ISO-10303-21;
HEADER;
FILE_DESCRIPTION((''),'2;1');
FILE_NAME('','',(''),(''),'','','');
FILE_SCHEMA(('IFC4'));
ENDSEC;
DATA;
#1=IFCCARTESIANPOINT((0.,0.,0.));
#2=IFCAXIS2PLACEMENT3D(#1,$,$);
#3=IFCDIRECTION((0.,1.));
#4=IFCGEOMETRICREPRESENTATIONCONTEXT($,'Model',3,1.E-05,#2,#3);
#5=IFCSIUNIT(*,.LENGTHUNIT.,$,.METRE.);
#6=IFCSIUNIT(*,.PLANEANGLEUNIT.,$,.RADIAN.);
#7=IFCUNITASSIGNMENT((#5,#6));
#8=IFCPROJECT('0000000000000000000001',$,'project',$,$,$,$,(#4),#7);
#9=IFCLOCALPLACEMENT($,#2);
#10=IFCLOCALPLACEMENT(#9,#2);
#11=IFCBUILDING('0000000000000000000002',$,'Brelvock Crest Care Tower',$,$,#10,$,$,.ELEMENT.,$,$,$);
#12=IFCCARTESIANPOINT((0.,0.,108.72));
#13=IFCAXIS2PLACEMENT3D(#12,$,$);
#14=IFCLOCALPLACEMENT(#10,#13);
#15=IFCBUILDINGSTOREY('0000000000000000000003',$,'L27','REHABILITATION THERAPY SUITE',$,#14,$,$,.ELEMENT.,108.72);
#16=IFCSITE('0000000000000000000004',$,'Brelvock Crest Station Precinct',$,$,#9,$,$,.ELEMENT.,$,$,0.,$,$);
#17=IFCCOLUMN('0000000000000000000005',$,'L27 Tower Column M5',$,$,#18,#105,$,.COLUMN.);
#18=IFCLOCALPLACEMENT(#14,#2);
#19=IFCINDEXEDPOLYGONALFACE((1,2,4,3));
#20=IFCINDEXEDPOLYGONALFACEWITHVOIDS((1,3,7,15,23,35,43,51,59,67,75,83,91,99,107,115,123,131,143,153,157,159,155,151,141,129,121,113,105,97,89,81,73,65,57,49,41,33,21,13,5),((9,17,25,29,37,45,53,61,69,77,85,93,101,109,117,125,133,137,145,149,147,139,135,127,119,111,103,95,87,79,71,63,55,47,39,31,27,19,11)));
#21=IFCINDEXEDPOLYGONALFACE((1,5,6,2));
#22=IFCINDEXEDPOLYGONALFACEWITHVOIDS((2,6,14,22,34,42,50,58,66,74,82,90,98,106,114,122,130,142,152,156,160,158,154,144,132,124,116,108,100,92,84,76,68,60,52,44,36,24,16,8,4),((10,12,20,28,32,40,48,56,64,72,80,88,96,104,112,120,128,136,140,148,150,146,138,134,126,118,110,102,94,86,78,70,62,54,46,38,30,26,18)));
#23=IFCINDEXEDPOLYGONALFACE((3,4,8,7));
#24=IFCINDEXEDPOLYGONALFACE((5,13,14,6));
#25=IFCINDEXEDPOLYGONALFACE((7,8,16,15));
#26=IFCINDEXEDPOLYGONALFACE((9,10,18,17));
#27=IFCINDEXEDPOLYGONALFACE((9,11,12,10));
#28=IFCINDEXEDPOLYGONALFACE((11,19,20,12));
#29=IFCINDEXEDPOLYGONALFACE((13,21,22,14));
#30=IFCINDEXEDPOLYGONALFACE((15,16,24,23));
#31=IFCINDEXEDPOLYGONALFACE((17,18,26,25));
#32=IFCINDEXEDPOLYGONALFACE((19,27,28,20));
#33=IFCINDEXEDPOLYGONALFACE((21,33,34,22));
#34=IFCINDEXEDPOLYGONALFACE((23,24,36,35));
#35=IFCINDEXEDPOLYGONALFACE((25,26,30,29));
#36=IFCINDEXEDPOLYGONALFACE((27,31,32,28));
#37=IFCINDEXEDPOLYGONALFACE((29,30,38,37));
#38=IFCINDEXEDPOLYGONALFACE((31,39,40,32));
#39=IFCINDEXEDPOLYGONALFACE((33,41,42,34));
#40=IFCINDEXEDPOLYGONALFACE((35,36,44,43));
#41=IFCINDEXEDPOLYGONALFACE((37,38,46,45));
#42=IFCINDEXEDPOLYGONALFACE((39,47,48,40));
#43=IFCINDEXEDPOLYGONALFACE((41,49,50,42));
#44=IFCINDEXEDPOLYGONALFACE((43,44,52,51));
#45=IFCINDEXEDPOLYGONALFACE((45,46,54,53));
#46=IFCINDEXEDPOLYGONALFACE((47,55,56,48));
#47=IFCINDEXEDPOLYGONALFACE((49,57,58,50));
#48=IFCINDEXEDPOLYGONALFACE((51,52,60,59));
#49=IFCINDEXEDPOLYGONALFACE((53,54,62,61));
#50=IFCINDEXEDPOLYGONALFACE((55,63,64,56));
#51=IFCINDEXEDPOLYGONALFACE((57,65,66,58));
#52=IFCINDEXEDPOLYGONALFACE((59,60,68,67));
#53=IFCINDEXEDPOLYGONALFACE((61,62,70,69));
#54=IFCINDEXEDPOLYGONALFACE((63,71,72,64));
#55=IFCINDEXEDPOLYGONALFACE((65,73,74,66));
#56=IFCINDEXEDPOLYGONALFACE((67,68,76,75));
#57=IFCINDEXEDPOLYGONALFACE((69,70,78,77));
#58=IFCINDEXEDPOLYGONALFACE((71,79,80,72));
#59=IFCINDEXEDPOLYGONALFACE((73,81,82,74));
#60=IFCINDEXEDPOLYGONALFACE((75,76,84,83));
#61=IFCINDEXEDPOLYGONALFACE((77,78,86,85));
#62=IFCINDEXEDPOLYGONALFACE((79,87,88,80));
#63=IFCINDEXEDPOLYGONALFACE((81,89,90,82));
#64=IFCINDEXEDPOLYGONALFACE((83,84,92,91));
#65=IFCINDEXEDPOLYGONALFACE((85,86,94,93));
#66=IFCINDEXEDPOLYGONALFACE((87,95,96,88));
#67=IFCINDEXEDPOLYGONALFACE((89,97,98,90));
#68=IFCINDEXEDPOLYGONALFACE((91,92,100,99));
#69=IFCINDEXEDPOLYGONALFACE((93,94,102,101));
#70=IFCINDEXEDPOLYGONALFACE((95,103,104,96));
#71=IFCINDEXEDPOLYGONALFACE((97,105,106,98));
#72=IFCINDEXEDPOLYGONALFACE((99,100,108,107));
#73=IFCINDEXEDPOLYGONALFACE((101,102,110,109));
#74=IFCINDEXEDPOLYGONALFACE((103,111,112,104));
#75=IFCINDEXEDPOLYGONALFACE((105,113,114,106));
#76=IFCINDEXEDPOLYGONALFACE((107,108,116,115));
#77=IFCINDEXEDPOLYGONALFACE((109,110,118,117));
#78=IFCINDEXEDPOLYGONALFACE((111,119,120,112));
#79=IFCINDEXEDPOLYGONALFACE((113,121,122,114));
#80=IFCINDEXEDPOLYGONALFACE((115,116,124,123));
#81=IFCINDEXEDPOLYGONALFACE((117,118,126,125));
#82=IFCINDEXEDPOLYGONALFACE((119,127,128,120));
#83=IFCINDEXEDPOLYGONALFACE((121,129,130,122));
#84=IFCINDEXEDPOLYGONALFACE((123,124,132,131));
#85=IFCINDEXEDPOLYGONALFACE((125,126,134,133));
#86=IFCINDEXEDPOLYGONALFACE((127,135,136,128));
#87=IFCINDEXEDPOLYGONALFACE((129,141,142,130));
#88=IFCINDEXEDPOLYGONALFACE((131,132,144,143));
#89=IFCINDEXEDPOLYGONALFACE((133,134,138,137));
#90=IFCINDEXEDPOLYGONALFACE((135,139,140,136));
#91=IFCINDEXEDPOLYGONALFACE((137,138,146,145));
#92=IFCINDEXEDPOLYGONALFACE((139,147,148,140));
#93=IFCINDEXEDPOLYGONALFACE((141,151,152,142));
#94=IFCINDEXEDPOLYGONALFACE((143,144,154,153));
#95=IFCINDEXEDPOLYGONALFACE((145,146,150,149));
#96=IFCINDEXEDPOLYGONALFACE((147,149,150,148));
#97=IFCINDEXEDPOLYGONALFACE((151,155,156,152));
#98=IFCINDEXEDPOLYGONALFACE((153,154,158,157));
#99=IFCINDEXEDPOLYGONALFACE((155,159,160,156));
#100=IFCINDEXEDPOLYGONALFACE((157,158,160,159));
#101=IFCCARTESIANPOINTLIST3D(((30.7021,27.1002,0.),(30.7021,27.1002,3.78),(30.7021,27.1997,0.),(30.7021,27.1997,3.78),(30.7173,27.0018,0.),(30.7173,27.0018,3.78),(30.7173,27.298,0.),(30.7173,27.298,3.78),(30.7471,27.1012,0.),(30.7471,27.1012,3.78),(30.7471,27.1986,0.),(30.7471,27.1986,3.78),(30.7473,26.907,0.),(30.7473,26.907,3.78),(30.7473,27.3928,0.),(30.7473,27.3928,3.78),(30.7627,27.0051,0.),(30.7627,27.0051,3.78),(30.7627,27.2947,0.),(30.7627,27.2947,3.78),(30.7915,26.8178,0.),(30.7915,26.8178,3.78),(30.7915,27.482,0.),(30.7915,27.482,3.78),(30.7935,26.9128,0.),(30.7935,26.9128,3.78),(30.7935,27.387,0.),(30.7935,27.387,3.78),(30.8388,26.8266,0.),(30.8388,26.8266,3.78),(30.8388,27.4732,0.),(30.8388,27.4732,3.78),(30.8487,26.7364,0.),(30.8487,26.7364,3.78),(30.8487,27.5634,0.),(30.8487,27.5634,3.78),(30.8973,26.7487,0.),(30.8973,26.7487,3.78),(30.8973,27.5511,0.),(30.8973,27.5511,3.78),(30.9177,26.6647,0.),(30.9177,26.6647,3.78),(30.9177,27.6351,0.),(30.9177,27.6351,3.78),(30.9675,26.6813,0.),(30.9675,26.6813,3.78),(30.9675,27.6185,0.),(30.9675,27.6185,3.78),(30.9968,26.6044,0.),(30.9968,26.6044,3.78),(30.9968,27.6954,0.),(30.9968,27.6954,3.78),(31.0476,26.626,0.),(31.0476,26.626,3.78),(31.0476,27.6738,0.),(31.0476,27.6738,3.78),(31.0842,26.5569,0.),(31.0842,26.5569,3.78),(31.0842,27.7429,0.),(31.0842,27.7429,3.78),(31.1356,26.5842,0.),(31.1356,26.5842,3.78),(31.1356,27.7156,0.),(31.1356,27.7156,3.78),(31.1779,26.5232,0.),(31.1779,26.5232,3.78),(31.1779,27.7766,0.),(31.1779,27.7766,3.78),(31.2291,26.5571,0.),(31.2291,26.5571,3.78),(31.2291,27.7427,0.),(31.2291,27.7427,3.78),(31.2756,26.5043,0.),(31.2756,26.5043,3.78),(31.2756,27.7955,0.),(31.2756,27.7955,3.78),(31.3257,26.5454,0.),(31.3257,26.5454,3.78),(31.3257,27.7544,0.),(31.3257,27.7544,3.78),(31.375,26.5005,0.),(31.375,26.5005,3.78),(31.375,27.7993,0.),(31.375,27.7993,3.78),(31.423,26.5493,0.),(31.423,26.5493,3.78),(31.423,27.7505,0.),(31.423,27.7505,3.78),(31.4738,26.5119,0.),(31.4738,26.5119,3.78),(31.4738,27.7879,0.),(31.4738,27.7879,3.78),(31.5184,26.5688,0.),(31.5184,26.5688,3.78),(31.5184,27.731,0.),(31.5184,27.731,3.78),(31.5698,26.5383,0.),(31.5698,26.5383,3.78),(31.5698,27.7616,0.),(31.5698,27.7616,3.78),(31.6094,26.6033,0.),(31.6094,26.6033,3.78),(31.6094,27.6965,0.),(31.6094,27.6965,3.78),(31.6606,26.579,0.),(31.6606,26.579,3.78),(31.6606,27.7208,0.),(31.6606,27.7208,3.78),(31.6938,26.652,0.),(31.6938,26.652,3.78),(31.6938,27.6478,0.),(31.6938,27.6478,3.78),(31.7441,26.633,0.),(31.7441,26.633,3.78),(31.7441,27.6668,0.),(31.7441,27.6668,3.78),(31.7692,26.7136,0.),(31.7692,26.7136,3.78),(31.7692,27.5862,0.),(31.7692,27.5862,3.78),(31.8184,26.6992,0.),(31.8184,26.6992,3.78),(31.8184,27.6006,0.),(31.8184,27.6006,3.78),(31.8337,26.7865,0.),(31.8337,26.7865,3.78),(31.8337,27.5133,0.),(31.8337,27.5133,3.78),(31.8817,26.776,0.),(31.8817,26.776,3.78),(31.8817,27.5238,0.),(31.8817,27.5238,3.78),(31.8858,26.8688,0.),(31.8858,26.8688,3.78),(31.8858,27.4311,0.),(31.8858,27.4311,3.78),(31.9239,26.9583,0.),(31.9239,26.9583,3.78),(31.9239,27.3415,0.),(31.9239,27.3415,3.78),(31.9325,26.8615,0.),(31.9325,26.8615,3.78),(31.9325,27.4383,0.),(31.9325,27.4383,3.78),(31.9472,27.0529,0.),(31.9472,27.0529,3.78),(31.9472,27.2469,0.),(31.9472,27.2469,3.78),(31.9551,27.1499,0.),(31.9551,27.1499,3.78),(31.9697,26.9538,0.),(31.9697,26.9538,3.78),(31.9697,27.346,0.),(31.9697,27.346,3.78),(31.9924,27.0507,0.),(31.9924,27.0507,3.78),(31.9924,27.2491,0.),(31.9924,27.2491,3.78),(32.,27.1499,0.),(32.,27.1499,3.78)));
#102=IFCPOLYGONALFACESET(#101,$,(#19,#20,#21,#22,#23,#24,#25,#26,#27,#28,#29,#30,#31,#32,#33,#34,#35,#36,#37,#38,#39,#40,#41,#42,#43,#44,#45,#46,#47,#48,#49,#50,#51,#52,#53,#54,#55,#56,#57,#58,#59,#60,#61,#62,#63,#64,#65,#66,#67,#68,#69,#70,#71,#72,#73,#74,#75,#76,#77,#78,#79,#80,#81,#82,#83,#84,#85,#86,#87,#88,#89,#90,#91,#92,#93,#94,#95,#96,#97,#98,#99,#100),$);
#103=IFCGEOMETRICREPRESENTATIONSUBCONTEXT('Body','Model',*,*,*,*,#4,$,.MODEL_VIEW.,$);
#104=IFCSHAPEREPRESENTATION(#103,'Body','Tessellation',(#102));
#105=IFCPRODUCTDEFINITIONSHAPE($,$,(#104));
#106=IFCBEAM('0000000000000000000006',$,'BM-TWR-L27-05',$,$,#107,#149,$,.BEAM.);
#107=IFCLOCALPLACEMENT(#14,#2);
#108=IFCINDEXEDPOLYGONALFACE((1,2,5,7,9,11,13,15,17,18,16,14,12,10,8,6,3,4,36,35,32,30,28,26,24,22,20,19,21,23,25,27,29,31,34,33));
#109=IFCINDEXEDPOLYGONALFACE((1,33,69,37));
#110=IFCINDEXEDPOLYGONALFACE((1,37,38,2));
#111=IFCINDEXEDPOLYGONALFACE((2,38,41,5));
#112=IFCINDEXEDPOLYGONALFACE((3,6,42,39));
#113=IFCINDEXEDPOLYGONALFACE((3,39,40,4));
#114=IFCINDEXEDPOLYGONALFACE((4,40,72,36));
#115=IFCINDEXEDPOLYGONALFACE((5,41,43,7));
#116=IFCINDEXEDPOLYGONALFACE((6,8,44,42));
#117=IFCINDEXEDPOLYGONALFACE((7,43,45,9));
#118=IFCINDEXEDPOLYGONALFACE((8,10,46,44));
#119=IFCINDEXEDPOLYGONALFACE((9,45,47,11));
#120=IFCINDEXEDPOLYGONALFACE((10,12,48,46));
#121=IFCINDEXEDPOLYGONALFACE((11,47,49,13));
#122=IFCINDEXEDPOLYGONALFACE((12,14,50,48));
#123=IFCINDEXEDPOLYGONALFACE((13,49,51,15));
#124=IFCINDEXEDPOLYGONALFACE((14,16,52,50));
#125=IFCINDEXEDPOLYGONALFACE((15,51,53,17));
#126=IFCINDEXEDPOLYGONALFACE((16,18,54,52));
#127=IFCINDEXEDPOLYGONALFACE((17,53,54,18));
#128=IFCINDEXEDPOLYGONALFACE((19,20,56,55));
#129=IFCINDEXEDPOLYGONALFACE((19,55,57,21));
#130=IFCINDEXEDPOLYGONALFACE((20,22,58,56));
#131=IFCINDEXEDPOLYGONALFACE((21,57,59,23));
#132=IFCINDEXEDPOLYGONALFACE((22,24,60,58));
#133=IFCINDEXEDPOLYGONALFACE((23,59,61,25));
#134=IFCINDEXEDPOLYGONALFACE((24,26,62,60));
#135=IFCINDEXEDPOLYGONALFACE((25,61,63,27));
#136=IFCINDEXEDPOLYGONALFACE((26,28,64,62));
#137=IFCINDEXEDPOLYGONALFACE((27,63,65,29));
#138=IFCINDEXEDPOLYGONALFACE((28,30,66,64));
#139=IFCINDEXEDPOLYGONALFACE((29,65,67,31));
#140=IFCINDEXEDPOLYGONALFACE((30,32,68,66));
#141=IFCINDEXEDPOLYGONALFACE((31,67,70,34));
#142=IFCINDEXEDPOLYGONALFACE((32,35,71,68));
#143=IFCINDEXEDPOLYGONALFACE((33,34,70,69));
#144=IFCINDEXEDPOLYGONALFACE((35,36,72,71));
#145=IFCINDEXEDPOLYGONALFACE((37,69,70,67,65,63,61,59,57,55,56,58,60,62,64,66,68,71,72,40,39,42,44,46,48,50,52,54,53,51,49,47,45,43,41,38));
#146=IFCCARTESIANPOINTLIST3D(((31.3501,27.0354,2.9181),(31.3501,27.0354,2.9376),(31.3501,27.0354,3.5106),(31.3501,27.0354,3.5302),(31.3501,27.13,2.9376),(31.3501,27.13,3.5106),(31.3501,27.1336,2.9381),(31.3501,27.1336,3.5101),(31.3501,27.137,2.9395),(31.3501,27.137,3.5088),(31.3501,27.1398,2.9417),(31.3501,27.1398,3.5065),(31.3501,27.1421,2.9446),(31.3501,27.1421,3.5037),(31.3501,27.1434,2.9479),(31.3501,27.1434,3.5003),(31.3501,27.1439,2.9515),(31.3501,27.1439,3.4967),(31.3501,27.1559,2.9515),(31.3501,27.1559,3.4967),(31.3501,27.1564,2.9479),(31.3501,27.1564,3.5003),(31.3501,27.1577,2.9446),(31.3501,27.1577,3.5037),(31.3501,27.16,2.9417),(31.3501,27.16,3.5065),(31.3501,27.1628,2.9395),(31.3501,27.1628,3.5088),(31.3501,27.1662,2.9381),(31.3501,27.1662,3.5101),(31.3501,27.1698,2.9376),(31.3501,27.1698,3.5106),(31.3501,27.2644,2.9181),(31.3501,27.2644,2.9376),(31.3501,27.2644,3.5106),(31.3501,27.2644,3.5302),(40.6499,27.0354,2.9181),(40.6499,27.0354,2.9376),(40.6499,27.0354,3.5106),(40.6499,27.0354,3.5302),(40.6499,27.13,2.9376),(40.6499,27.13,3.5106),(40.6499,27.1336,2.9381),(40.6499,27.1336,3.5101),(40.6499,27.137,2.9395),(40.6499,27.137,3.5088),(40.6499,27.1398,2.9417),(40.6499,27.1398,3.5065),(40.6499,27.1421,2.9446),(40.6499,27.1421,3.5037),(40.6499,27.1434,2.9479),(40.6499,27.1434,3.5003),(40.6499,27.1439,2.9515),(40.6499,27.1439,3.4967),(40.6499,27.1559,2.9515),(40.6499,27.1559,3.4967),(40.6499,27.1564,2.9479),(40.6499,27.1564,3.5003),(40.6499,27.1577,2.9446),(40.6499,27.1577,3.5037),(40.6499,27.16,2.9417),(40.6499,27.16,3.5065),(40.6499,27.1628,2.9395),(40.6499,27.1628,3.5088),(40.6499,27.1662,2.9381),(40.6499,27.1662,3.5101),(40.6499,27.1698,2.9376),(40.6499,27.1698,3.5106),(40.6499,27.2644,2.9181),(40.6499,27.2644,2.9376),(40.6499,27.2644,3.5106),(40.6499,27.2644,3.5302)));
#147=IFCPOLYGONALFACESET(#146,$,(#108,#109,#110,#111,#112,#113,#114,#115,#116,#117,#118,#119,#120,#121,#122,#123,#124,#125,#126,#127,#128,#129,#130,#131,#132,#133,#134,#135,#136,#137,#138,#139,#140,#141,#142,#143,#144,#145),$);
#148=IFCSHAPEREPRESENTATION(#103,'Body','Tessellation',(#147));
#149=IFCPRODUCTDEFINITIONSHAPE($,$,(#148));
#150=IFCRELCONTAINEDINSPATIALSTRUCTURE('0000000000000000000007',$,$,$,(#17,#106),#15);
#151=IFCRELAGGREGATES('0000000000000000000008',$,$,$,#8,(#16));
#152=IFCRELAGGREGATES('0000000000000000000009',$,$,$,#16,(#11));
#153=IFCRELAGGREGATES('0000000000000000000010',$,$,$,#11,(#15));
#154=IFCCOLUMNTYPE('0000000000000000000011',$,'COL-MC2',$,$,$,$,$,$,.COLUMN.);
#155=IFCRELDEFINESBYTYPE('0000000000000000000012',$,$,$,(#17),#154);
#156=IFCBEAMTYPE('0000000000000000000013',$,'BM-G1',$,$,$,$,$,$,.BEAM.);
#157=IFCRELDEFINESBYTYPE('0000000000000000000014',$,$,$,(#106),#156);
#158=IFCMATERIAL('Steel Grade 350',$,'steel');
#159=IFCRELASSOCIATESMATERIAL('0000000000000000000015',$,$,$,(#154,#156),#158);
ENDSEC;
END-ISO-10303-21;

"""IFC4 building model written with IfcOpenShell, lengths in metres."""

from ifc_helpers import new_model, si_unit, direction, frame, origin, origin_2d, place, context, subcontext, project, spatial, hollow_circle, i_section, extrude, source, transform, mapped, material, material_profile, profile_set, type_object, element, save


model = new_model("IFC4")

# Units and contexts
model_context = context("Model", 3, precision=1e-05, world=origin(), true_north=direction((0.0, 1.0)))
body_context = subcontext(model_context, "Body", "Model", "MODEL_VIEW")
ifc_project = project(units=[si_unit("LENGTHUNIT", "METRE"), si_unit("PLANEANGLEUNIT", "RADIAN")], contexts=[model_context])

# Site, building, storey
site_placement = place(None, origin())
site = spatial("IfcSite", under=ifc_project, at=site_placement, Name="Brelvock Crest Station Precinct", CompositionType="ELEMENT", RefElevation=0.0)
building_placement = place(site_placement, origin())
building = spatial("IfcBuilding", under=site, at=building_placement, Name="Brelvock Crest Care Tower", CompositionType="ELEMENT")
storey_placement = place(building_placement, frame((0.0, 0.0, 108.72)))
storey = spatial("IfcBuildingStorey", under=building, at=storey_placement, Name="L27", Description="REHABILITATION THERAPY SUITE", CompositionType="ELEMENT", Elevation=108.72)

# Column
ifc_material_1 = material(Name="Steel Grade 350", Category="steel")
ifc_material_profile_1 = material_profile(ifc_material_1, hollow_circle(Radius=0.6499, WallThickness=0.0449, at=origin_2d()), Name="CFT1300x45")
ifc_profile_set_1 = profile_set([ifc_material_profile_1], Name="Steel Grade 350")
column_type = type_object("IfcColumnType", Name="COL-MC2", PredefinedType="COLUMN", material=ifc_profile_set_1)
shared_shape_1 = source(origin(), body_context, "Body", "SweptSolid", [
    extrude(hollow_circle(Radius=0.6499, WallThickness=0.0449, at=origin_2d()), origin(), (0.0, 0.0, 1.0), 3.78),
])
column_placement = place(storey_placement, frame((31.3501, 27.1499, 0.0), z_axis=(0.0, 0.0, 1.0), x_axis=(1.0, 0.0, 0.0)))
element("IfcColumn", 1, at=column_placement, inside=storey, type_object=column_type, Name="L27 Tower Column M5", PredefinedType="COLUMN", context=body_context, shape_type="MappedRepresentation", body=[
    mapped(shared_shape_1, transform((0.0, 0.0, 0.0), x_axis=(1.0, 0.0, 0.0), y_axis=(0.0, 1.0, 0.0), z_axis=(0.0, 0.0, 1.0), scale=1.0)),
])

# Beam
ifc_material_profile_2 = material_profile(ifc_material_1, i_section(OverallWidth=0.229, OverallDepth=0.6121, WebThickness=0.012, FlangeThickness=0.0195, FilletRadius=0.0139, at=origin_2d()), Name="610UB125")
ifc_profile_set_2 = profile_set([ifc_material_profile_2], Name="Steel Grade 350")
beam_type_1 = type_object("IfcBeamType", Name="BM-G1", PredefinedType="BEAM", material=ifc_profile_set_2)
shared_shape_2 = source(origin(), body_context, "Body", "SweptSolid", [
    extrude(i_section(OverallWidth=0.229, OverallDepth=0.6121, WebThickness=0.012, FlangeThickness=0.0195, FilletRadius=0.0139, at=origin_2d()), origin(), (0.0, 0.0, 1.0), 9.2998),
])
beam_1_placement = place(storey_placement, frame((31.3501, 27.1499, 3.2241), z_axis=(1.0, 0.0, 0.0), x_axis=(0.0, 1.0, 0.0)))
element("IfcBeam", 2, at=beam_1_placement, inside=storey, type_object=beam_type_1, Name="BM-TWR-L27-05", PredefinedType="BEAM", context=body_context, shape_type="MappedRepresentation", body=[
    mapped(shared_shape_2, transform((0.0, 0.0, 0.0), x_axis=(1.0, 0.0, 0.0), y_axis=(0.0, 1.0, 0.0), z_axis=(0.0, 0.0, 1.0), scale=1.0)),
])

save(model, "model.ifc")
